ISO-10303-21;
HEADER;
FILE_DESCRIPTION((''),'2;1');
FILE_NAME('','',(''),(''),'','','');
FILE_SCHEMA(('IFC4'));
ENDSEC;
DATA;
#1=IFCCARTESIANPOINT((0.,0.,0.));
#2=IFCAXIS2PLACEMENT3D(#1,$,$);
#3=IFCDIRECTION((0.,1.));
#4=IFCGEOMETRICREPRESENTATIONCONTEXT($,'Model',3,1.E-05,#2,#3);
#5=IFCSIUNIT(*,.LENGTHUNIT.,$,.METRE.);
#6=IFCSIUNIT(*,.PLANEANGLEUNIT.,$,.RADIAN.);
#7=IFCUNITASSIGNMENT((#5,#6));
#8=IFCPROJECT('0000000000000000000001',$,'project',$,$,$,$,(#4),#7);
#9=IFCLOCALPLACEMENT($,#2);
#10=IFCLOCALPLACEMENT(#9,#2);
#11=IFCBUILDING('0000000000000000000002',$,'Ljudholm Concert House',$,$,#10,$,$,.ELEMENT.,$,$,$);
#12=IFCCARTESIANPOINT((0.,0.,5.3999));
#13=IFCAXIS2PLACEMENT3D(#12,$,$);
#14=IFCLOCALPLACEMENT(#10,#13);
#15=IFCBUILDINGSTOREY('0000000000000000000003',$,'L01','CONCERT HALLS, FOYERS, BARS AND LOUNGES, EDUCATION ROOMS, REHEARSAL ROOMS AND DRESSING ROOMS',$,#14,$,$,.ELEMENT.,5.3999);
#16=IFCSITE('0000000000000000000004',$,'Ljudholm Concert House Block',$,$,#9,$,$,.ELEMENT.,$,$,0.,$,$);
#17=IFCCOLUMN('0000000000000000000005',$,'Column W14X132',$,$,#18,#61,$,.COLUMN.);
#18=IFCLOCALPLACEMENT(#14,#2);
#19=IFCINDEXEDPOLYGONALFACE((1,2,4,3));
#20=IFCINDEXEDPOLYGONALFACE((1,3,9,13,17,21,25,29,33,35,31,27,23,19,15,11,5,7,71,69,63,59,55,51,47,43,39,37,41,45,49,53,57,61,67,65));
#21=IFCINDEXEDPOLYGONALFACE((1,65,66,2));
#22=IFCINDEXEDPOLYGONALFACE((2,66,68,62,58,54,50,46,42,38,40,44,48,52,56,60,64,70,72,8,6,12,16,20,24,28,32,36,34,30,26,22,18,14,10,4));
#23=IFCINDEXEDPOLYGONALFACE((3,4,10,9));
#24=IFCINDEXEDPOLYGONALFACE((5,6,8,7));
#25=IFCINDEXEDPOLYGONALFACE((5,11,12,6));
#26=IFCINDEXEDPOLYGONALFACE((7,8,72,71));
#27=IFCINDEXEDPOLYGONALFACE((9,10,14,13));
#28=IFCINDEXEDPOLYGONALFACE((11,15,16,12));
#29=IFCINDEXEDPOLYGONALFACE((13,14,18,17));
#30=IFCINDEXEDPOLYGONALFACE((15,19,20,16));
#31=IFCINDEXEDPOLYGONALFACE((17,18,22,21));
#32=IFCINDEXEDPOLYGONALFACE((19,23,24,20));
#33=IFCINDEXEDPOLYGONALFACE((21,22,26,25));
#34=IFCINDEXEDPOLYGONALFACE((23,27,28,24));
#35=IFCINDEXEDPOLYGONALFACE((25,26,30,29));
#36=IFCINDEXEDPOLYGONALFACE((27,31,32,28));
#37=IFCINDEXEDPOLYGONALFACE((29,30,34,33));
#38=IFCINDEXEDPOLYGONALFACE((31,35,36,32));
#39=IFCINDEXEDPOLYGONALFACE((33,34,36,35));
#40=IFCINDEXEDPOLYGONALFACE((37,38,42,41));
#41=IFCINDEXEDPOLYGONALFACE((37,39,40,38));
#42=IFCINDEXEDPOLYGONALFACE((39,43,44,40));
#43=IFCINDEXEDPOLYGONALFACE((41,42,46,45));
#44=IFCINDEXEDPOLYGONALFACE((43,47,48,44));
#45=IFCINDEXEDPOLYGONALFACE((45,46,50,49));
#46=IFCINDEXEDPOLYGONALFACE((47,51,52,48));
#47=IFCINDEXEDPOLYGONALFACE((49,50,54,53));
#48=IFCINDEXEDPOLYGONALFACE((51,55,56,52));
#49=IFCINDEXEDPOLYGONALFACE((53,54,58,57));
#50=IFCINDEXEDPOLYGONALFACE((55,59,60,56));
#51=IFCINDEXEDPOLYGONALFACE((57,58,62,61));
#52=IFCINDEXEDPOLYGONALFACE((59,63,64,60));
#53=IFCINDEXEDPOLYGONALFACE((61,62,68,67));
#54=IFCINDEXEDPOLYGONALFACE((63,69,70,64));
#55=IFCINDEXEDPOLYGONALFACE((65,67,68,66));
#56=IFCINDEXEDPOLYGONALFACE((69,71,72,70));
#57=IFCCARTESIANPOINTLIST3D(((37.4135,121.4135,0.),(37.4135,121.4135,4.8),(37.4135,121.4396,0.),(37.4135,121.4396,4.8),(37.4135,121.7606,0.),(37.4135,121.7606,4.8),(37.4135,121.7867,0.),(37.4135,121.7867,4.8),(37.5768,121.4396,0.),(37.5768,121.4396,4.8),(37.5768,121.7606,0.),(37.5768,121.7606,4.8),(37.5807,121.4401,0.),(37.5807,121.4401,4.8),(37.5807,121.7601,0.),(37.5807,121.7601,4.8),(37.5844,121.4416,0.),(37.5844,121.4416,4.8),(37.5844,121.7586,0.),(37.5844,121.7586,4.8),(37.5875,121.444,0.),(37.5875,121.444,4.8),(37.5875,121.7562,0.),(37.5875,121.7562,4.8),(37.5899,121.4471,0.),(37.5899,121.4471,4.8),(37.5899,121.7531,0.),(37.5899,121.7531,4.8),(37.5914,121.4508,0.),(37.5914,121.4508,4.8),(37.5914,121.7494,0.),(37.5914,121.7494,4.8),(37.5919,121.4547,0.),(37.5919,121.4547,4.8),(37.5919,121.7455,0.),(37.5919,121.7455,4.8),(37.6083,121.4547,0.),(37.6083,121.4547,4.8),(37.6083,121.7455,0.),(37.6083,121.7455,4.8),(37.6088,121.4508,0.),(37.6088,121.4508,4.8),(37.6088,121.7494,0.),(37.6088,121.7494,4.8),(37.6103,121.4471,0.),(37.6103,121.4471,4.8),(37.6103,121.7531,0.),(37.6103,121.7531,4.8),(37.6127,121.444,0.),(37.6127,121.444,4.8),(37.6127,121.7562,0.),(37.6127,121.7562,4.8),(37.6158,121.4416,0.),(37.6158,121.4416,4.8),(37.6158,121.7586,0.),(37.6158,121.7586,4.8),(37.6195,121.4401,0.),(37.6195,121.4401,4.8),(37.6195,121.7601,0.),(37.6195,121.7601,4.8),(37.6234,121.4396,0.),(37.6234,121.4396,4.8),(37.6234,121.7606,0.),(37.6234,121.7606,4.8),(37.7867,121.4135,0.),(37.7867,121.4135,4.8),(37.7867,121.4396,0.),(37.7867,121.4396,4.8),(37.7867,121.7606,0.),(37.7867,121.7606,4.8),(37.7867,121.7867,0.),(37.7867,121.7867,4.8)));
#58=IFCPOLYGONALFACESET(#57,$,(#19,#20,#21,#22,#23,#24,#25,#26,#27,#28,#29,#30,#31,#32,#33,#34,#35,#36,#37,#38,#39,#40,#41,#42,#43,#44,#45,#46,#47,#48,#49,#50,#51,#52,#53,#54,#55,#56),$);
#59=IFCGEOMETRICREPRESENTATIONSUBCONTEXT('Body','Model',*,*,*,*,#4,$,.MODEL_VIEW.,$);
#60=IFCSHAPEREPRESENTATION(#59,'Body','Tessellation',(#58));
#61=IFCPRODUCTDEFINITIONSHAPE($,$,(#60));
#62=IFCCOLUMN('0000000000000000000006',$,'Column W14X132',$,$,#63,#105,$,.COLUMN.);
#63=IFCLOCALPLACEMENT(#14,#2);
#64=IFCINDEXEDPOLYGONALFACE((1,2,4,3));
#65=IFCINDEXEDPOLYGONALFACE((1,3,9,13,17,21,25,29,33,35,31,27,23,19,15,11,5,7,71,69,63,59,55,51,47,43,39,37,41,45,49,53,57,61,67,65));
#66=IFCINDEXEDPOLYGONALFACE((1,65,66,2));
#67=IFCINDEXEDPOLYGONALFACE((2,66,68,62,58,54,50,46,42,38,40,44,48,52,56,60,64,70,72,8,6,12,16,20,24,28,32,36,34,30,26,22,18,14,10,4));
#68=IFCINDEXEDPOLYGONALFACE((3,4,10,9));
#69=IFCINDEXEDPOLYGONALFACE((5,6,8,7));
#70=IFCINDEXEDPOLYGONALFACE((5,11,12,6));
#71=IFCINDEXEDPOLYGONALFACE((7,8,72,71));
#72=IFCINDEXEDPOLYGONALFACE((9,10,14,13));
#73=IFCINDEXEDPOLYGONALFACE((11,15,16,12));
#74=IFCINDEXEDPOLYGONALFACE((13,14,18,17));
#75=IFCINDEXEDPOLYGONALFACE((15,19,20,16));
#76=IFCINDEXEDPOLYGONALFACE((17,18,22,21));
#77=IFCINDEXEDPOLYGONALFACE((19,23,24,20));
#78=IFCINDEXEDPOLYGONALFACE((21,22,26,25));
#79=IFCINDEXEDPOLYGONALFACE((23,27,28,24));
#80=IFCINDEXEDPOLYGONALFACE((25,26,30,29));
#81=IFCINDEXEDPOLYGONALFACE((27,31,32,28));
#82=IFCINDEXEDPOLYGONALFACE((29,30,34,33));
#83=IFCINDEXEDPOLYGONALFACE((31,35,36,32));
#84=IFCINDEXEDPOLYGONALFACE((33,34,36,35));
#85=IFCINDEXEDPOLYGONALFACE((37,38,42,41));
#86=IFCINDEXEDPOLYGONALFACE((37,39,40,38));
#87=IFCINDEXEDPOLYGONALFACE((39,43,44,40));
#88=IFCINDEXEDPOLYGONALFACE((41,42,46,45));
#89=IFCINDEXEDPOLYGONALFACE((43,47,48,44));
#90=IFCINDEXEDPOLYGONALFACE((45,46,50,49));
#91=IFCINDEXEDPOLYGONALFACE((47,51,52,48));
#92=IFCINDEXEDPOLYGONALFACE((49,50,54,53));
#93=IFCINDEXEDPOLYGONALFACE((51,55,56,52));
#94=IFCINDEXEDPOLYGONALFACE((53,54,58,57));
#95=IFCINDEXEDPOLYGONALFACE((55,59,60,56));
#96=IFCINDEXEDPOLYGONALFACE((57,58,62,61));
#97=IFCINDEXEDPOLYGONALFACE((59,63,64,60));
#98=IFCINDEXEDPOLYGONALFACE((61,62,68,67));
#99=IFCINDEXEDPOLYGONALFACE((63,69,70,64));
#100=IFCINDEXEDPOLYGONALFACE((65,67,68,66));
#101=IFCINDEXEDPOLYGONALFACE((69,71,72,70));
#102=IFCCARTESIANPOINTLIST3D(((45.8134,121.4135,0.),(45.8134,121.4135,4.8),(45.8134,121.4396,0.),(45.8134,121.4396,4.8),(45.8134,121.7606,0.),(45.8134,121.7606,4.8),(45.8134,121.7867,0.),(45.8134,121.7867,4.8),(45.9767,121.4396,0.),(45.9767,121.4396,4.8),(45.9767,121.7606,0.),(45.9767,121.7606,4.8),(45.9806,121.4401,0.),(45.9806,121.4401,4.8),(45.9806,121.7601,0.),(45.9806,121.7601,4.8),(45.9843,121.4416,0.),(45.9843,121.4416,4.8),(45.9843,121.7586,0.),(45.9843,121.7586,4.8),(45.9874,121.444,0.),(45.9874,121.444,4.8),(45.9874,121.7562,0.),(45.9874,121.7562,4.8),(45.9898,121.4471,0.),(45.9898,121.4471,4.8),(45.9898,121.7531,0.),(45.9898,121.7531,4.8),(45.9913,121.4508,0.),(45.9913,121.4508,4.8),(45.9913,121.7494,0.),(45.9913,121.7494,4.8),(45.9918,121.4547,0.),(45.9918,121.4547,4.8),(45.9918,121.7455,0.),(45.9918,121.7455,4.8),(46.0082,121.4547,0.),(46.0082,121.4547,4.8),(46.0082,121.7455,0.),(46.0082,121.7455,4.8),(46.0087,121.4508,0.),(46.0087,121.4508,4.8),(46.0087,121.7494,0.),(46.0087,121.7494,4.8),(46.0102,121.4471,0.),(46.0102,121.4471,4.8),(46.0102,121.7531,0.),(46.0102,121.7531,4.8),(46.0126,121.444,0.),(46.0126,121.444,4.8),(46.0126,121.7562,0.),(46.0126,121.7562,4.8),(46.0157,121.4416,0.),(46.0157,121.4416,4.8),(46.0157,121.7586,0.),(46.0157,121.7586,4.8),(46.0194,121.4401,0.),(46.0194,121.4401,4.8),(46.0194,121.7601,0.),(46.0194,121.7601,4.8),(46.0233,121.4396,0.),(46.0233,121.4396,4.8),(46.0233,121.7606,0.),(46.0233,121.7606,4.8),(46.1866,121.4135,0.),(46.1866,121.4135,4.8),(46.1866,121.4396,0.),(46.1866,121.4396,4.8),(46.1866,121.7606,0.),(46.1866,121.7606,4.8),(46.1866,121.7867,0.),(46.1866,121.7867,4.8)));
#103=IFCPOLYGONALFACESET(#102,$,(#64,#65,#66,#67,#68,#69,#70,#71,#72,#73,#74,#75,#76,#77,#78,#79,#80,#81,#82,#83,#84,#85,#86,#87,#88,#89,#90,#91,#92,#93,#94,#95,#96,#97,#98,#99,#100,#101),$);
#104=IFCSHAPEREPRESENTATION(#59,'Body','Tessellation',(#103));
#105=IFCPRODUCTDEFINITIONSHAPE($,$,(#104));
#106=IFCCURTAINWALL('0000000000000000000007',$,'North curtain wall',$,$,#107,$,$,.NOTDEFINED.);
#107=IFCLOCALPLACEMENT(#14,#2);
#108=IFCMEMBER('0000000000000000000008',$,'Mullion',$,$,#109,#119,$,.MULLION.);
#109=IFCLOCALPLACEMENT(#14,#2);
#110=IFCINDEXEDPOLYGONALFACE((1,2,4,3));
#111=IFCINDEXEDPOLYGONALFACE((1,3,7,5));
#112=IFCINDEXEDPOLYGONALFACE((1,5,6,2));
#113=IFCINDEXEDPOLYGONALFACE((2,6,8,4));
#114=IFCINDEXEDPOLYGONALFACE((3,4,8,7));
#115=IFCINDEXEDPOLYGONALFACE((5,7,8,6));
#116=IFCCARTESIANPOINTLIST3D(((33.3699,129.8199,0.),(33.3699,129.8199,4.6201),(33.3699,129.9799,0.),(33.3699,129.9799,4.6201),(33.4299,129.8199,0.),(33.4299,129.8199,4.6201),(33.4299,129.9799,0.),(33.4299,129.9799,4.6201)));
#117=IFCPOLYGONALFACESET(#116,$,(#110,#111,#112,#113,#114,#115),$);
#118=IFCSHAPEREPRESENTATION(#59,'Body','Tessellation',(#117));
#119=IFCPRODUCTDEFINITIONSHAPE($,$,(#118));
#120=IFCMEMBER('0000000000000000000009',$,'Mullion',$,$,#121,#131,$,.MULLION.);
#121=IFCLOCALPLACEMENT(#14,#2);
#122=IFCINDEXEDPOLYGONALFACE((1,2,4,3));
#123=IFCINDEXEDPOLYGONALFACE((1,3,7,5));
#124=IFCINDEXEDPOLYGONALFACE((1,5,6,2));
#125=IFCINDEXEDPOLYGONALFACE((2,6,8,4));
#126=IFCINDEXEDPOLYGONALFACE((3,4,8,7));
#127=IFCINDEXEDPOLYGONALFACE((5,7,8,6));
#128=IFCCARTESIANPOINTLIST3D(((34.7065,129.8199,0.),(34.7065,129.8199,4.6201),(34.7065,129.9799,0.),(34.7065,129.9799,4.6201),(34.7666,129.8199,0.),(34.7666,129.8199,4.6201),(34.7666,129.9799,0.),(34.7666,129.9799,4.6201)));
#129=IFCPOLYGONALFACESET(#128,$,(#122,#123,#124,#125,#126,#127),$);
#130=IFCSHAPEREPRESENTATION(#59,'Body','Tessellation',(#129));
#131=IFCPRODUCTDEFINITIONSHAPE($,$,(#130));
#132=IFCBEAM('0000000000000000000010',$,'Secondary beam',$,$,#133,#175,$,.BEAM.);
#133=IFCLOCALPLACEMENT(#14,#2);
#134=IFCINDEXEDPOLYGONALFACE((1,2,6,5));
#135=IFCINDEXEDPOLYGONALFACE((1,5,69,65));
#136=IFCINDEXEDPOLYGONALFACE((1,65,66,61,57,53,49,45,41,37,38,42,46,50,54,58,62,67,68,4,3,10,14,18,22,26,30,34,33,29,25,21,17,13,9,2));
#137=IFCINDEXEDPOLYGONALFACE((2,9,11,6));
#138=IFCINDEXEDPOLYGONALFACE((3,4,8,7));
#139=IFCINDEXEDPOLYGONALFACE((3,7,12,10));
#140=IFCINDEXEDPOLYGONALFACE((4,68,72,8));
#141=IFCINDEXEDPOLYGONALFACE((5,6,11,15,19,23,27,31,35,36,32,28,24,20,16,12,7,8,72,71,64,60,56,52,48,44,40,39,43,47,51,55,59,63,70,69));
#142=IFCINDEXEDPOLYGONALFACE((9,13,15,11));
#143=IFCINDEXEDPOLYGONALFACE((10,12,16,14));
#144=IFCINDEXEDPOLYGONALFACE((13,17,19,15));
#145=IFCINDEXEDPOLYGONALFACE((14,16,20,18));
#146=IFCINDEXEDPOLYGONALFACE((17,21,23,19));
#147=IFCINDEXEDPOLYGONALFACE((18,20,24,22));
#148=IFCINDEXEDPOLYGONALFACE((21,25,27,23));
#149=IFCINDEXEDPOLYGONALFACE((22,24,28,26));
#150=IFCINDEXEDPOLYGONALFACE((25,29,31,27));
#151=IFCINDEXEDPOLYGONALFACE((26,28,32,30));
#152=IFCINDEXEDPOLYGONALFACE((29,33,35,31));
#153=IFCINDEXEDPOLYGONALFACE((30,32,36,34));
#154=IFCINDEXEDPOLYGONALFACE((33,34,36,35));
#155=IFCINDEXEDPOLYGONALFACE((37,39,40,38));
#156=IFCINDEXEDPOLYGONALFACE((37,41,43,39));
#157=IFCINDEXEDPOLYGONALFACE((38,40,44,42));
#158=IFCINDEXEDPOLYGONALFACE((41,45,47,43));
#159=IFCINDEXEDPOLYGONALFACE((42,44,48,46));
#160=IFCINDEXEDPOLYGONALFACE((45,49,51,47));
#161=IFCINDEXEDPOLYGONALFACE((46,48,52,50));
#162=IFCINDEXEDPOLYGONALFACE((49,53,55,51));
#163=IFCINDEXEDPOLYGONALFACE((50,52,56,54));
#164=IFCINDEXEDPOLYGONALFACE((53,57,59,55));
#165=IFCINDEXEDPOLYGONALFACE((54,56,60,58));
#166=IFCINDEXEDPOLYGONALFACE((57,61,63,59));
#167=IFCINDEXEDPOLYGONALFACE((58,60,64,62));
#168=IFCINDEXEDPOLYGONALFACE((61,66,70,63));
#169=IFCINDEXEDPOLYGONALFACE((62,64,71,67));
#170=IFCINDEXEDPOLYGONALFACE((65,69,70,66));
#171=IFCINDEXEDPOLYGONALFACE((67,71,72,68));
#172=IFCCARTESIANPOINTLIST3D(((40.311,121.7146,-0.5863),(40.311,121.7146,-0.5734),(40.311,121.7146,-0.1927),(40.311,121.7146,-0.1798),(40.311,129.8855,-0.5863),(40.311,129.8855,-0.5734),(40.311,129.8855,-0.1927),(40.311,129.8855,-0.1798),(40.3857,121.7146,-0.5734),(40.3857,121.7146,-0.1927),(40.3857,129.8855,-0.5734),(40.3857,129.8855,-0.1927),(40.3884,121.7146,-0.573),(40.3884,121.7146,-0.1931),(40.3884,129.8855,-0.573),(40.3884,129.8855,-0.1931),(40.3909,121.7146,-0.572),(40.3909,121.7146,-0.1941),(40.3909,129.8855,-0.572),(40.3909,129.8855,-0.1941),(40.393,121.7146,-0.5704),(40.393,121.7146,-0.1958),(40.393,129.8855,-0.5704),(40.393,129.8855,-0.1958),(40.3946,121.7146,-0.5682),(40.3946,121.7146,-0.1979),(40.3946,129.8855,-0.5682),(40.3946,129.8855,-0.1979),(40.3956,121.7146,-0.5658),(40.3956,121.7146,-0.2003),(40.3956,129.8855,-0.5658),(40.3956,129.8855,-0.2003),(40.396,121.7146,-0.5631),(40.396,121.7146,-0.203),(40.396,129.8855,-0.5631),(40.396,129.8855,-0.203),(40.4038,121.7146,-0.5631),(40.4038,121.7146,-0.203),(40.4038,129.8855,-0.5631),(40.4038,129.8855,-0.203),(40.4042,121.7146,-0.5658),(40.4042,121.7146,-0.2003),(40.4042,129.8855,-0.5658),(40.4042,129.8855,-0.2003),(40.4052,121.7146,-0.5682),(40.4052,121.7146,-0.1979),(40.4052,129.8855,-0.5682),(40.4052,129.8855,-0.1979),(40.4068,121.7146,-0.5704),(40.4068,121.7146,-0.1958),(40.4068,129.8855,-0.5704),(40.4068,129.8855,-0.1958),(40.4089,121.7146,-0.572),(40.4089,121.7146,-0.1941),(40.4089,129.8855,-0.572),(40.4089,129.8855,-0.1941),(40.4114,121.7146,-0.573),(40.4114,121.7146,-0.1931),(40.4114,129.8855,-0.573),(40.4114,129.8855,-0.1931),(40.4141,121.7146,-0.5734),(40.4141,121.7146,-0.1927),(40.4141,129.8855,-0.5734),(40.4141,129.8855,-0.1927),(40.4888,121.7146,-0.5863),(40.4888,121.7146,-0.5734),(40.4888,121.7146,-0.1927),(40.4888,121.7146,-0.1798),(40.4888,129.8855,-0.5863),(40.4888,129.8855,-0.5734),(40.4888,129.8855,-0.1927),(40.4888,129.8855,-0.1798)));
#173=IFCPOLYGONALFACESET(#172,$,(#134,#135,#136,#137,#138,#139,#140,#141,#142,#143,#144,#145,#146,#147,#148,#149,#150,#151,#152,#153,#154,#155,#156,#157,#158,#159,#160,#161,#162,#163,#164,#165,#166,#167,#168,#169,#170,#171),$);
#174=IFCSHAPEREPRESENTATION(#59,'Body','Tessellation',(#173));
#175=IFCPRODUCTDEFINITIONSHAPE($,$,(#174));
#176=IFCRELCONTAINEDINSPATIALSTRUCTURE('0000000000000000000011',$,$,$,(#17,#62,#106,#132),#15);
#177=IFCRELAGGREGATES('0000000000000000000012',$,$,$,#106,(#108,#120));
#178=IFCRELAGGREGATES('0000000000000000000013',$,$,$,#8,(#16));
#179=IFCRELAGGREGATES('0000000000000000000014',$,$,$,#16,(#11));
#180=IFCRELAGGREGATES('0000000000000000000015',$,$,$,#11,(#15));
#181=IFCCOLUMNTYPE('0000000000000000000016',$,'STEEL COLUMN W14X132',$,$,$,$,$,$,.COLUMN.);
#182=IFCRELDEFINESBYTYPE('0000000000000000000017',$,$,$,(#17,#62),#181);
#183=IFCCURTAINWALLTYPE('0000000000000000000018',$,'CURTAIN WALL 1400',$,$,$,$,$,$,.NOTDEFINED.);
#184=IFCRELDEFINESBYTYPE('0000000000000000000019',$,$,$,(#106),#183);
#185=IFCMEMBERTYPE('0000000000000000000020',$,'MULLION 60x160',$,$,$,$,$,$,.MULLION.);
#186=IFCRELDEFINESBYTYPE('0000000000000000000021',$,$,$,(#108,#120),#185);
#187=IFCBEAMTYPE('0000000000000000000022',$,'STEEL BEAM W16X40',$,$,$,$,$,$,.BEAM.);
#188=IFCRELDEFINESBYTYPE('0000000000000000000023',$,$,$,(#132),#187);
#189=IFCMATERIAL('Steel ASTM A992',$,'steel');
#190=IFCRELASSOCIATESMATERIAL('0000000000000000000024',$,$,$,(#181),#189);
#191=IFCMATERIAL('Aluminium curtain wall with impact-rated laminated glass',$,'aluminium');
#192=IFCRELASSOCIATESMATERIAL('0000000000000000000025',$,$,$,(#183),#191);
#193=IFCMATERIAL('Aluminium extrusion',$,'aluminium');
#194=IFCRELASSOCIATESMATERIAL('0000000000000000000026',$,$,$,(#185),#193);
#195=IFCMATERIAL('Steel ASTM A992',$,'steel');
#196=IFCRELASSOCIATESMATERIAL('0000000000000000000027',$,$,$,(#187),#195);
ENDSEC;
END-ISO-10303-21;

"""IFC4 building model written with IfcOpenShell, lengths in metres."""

from ifc_helpers import new_model, si_unit, direction, frame, origin, origin_2d, place, context, subcontext, project, spatial, rectangle, i_section, extrude, material, material_profile, profile_set, type_object, element, aggregate, save


model = new_model("IFC4")

# Units and contexts
model_context = context("Model", 3, precision=1e-05, world=origin(), true_north=direction((0.0, 1.0)))
body_context = subcontext(model_context, "Body", "Model", "MODEL_VIEW")
ifc_project = project(units=[si_unit("LENGTHUNIT", "METRE"), si_unit("PLANEANGLEUNIT", "RADIAN")], contexts=[model_context])

# Site, building, storey
site_placement = place(None, origin())
site = spatial("IfcSite", under=ifc_project, at=site_placement, Name="Ljudholm Concert House Block", CompositionType="ELEMENT", RefElevation=0.0)
building_placement = place(site_placement, origin())
building = spatial("IfcBuilding", under=site, at=building_placement, Name="Ljudholm Concert House", CompositionType="ELEMENT")
storey_placement = place(building_placement, frame((0.0, 0.0, 5.3999)))
storey = spatial("IfcBuildingStorey", under=building, at=storey_placement, Name="L01", Description="CONCERT HALLS, FOYERS, BARS AND LOUNGES, EDUCATION ROOMS, REHEARSAL ROOMS AND DRESSING ROOMS", CompositionType="ELEMENT", Elevation=5.3999)

# Columns
ifc_material_1 = material(Name="Steel ASTM A992", Category="steel")
ifc_material_profile_1 = material_profile(ifc_material_1, i_section(OverallWidth=0.3733, OverallDepth=0.3733, WebThickness=0.0164, FlangeThickness=0.0261, FilletRadius=0.0151, at=origin_2d()), Name="W14X132")
ifc_profile_set_1 = profile_set([ifc_material_profile_1], Name="Steel ASTM A992")
column_type = type_object("IfcColumnType", Name="STEEL COLUMN W14X132", PredefinedType="COLUMN", material=ifc_profile_set_1)
for number, where, z_axis, x_axis, name in (
    (1, (37.6001, 121.6001, 0.0), (0.0, 0.0, 1.0), (1.0, 0.0, 0.0), "Column W14X132"),
    (2, (46.0, 121.6001, 0.0), (0.0, 0.0, 1.0), (1.0, 0.0, 0.0), "Column W14X132"),
):
    element("IfcColumn", number, at=place(storey_placement, frame(where, z_axis=z_axis, x_axis=x_axis)), inside=storey, type_object=column_type, Name=name, PredefinedType="COLUMN", context=body_context, shape_type="SweptSolid", body=[
        extrude(i_section(OverallWidth=0.3733, OverallDepth=0.3733, WebThickness=0.0164, FlangeThickness=0.0261, FilletRadius=0.0151, at=origin_2d()), origin(), (0.0, 0.0, 1.0), 4.8),
    ])

# Curtain wall, members
ifc_material_2 = material(Name="Aluminium curtain wall with impact-rated laminated glass", Category="aluminium")
curtain_wall_type = type_object("IfcCurtainWallType", Name="CURTAIN WALL 1400", PredefinedType="NOTDEFINED", material=ifc_material_2)
curtain_wall_placement = place(storey_placement, origin())
curtain_wall = element("IfcCurtainWall", 3, at=curtain_wall_placement, inside=storey, type_object=curtain_wall_type, Name="North curtain wall", PredefinedType="NOTDEFINED")
ifc_material_3 = material(Name="Aluminium extrusion", Category="aluminium")
ifc_material_profile_2 = material_profile(ifc_material_3, rectangle(XDim=0.1599, YDim=0.0601, at=origin_2d()), Name="MULLION 60x160")
ifc_profile_set_2 = profile_set([ifc_material_profile_2], Name="Aluminium extrusion")
member_type_1 = type_object("IfcMemberType", Name="MULLION 60x160", PredefinedType="MULLION", material=ifc_profile_set_2)
member_1_placement = place(storey_placement, frame((33.3999, 129.8999, 0.0), z_axis=(0.0, 0.0, 1.0), x_axis=(0.0, 1.0, 0.0)))
member_1 = element("IfcMember", 4, at=member_1_placement, type_object=member_type_1, Name="Mullion", PredefinedType="MULLION", context=body_context, shape_type="SweptSolid", body=[
    extrude(rectangle(XDim=0.1599, YDim=0.0601, at=origin_2d()), origin(), (0.0, 0.0, 1.0), 4.6201),
])
member_2_placement = place(storey_placement, frame((34.7366, 129.8999, 0.0), z_axis=(0.0, 0.0, 1.0), x_axis=(0.0, 1.0, 0.0)))
member_2 = element("IfcMember", 5, at=member_2_placement, type_object=member_type_1, Name="Mullion", PredefinedType="MULLION", context=body_context, shape_type="SweptSolid", body=[
    extrude(rectangle(XDim=0.1599, YDim=0.0601, at=origin_2d()), origin(), (0.0, 0.0, 1.0), 4.6201),
])

# Beam
ifc_material_4 = material(Name="Steel ASTM A992", Category="steel")
ifc_material_profile_3 = material_profile(ifc_material_4, i_section(OverallWidth=0.1777, OverallDepth=0.4065, WebThickness=0.0078, FlangeThickness=0.0129, FilletRadius=0.0103, at=origin_2d()), Name="W16X40")
ifc_profile_set_3 = profile_set([ifc_material_profile_3], Name="Steel ASTM A992")
beam_type_1 = type_object("IfcBeamType", Name="STEEL BEAM W16X40", PredefinedType="BEAM", material=ifc_profile_set_3)
for number, where, z_axis, x_axis, name in (
    (6, (40.3999, 121.7146, -0.3831), (0.0, 1.0, 0.0), (-1.0, 0.0, 0.0), "Secondary beam"),
):
    element("IfcBeam", number, at=place(storey_placement, frame(where, z_axis=z_axis, x_axis=x_axis)), inside=storey, type_object=beam_type_1, Name=name, PredefinedType="BEAM", context=body_context, shape_type="SweptSolid", body=[
        extrude(i_section(OverallWidth=0.1777, OverallDepth=0.4065, WebThickness=0.0078, FlangeThickness=0.0129, FilletRadius=0.0103, at=origin_2d()), origin(), (0.0, 0.0, 1.0), 8.1709),
    ])

aggregate(curtain_wall, [member_1, member_2])

save(model, "model.ifc")
